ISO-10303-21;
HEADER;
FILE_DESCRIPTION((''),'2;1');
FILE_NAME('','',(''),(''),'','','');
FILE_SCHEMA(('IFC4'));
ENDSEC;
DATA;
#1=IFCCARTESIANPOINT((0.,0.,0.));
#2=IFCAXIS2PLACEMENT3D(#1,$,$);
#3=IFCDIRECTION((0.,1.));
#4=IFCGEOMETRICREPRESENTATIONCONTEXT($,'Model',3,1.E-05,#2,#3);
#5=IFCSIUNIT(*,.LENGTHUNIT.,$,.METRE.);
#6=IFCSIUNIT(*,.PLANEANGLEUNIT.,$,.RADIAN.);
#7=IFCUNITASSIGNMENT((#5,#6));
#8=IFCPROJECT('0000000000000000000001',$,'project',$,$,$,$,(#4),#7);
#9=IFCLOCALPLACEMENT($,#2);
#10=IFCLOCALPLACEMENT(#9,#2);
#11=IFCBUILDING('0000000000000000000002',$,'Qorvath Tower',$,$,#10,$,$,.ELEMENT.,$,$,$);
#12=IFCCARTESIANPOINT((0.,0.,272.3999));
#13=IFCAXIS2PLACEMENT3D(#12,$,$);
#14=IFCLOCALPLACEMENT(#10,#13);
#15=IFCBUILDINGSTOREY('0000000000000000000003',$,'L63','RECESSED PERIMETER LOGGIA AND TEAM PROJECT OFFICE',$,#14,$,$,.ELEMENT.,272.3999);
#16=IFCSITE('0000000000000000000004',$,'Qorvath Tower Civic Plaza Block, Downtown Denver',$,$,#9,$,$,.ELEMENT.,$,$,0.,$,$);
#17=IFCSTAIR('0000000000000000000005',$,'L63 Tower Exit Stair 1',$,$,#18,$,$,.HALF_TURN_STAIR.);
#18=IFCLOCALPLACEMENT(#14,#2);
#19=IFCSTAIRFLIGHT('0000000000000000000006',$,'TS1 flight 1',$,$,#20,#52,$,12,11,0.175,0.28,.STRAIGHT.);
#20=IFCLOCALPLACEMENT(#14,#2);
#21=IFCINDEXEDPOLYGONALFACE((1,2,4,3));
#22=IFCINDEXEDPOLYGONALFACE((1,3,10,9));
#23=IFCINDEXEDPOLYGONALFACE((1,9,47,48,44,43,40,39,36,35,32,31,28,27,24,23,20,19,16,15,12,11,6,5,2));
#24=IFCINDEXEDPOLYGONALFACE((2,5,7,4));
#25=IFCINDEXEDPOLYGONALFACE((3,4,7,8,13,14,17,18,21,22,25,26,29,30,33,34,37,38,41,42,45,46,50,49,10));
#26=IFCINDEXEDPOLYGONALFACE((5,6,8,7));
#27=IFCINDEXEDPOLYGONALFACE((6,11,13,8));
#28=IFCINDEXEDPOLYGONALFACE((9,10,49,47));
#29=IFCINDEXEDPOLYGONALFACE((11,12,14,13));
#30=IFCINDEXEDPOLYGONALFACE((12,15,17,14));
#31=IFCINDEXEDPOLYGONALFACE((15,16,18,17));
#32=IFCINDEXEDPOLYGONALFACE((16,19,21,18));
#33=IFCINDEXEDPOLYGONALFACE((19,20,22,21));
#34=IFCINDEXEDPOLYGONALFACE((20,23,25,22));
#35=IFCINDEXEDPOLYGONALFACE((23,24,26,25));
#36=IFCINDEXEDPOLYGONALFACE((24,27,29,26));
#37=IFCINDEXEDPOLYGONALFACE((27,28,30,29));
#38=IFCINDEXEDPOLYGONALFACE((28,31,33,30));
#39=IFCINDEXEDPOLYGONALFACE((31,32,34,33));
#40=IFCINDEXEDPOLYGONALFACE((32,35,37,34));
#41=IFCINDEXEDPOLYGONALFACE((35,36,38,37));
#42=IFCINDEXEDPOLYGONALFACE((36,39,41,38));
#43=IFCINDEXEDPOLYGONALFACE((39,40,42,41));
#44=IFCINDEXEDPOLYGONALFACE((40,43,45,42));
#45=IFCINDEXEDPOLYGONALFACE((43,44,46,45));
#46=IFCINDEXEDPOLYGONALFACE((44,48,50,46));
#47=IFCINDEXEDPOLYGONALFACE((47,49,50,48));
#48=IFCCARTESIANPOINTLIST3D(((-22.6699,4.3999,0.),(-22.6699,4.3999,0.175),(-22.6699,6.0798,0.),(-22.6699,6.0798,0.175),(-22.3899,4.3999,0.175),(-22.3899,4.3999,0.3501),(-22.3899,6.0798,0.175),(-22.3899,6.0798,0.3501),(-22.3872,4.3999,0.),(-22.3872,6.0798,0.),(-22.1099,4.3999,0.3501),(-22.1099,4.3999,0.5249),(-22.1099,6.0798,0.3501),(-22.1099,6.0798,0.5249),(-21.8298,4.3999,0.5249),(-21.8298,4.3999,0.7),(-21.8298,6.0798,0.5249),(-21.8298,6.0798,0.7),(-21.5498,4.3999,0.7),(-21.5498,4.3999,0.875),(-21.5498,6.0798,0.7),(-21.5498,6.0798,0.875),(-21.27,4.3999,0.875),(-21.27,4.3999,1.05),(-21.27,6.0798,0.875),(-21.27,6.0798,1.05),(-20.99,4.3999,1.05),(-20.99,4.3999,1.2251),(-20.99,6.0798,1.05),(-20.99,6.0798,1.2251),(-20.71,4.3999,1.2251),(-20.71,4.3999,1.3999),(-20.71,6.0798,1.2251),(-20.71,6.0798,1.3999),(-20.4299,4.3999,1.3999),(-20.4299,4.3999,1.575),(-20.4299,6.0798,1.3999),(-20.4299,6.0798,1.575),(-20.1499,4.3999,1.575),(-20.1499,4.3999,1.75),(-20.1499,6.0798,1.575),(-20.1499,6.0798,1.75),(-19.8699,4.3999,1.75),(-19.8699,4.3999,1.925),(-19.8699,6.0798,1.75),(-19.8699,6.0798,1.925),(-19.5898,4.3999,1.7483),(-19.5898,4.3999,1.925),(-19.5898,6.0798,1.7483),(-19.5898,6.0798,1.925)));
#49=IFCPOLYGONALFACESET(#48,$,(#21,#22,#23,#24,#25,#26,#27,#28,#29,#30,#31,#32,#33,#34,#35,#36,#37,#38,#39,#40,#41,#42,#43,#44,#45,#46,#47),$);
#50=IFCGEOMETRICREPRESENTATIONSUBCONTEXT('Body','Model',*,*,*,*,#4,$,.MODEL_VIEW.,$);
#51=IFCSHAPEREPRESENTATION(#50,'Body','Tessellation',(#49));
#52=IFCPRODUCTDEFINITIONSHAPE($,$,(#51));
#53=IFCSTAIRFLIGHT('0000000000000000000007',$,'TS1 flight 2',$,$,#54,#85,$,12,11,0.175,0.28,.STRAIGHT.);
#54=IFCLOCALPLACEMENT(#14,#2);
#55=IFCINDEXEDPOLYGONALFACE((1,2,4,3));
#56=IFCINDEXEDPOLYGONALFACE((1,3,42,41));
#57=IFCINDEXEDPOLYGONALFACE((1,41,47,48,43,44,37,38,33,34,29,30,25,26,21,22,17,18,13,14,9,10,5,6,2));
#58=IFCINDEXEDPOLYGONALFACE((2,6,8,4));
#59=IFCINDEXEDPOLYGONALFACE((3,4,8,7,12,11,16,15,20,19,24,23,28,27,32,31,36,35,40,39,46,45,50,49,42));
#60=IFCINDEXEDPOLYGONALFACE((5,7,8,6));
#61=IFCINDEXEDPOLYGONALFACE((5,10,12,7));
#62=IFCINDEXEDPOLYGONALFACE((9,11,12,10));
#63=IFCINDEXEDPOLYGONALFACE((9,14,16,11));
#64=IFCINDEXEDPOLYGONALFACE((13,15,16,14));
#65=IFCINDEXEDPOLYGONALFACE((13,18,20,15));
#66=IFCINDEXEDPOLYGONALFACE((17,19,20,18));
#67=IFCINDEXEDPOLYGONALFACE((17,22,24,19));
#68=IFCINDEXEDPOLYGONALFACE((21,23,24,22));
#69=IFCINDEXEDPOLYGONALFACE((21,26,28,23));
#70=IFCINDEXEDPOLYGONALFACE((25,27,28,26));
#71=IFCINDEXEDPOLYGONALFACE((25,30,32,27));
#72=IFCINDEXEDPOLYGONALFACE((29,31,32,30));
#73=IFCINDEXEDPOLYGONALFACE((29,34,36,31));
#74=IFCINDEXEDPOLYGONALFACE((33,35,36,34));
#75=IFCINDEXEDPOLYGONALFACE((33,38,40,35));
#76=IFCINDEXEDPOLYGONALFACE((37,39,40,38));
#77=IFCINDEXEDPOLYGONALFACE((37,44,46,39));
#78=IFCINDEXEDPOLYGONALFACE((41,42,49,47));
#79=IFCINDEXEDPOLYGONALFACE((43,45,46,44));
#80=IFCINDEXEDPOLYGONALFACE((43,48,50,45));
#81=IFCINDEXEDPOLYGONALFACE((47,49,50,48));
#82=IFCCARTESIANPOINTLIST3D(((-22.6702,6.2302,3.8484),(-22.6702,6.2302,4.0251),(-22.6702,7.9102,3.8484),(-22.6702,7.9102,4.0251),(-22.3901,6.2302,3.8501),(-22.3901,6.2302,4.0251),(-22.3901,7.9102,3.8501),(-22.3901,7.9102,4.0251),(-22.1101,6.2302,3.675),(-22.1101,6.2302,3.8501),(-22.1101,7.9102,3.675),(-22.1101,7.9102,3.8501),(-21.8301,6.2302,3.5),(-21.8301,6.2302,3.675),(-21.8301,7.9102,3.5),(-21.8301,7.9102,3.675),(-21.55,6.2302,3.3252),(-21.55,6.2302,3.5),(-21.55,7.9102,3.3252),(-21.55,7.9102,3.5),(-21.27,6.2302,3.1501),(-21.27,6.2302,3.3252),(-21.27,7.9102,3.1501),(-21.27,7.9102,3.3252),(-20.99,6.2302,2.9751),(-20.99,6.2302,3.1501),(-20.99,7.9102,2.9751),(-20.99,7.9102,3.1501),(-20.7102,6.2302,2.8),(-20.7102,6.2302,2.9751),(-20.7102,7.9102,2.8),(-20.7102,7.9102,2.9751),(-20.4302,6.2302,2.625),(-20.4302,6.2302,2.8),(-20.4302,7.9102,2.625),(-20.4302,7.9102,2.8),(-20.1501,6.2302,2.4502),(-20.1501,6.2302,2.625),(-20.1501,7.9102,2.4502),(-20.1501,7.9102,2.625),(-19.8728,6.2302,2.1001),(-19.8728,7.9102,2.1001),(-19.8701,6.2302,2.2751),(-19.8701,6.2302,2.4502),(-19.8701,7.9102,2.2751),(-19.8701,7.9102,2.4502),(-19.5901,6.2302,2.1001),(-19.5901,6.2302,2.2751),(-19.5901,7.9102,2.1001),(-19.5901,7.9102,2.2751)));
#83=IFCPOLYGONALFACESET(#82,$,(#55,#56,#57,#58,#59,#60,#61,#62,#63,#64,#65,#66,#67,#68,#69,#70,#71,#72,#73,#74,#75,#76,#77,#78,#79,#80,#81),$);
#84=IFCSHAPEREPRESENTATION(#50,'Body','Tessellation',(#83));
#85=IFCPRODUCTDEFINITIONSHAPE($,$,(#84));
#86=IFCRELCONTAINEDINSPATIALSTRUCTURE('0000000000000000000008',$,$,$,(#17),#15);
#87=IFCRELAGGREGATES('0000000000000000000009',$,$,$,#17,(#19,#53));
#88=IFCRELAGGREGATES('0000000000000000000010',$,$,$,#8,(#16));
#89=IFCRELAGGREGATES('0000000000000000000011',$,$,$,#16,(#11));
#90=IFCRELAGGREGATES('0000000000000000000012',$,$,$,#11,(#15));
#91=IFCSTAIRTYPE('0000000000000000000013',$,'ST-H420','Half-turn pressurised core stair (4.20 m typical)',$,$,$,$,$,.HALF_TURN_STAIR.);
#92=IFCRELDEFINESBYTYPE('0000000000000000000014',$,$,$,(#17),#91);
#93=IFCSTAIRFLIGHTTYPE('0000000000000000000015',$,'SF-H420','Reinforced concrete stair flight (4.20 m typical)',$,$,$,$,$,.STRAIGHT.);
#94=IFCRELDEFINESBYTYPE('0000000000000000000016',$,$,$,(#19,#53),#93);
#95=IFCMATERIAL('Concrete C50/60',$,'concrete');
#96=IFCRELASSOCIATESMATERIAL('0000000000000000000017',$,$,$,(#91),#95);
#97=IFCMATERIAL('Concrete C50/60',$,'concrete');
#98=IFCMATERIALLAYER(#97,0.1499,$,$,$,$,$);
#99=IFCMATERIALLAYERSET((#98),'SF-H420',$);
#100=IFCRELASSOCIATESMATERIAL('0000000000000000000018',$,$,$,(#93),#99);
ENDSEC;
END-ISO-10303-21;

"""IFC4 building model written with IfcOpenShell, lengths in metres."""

from ifc_helpers import new_model, si_unit, direction, frame, origin, place, context, subcontext, project, spatial, polyline, outline, extrude, material, layer, layer_set, type_object, element, aggregate, save


model = new_model("IFC4")

# Units and contexts
model_context = context("Model", 3, precision=1e-05, world=origin(), true_north=direction((0.0, 1.0)))
body_context = subcontext(model_context, "Body", "Model", "MODEL_VIEW")
ifc_project = project(units=[si_unit("LENGTHUNIT", "METRE"), si_unit("PLANEANGLEUNIT", "RADIAN")], contexts=[model_context])

# Site, building, storey
site_placement = place(None, origin())
site = spatial("IfcSite", under=ifc_project, at=site_placement, Name="Qorvath Tower Civic Plaza Block, Downtown Denver", CompositionType="ELEMENT", RefElevation=0.0)
building_placement = place(site_placement, origin())
building = spatial("IfcBuilding", under=site, at=building_placement, Name="Qorvath Tower", CompositionType="ELEMENT")
storey_placement = place(building_placement, frame((0.0, 0.0, 272.3999)))
storey = spatial("IfcBuildingStorey", under=building, at=storey_placement, Name="L63", Description="RECESSED PERIMETER LOGGIA AND TEAM PROJECT OFFICE", CompositionType="ELEMENT", Elevation=272.3999)

# Stair, stair flights
ifc_material_1 = material(Name="Concrete C50/60", Category="concrete")
stair_type = type_object("IfcStairType", Name="ST-H420", Description="Half-turn pressurised core stair (4.20 m typical)", PredefinedType="HALF_TURN_STAIR", material=ifc_material_1)
stair_placement = place(storey_placement, origin())
stair = element("IfcStair", 1, at=stair_placement, inside=storey, type_object=stair_type, Name="L63 Tower Exit Stair 1", PredefinedType="HALF_TURN_STAIR")
ifc_material_2 = material(Name="Concrete C50/60", Category="concrete")
ifc_layer_1 = layer(ifc_material_2, 0.1499)
ifc_layer_set_1 = layer_set([ifc_layer_1], Name="SF-H420")
stair_flight_type = type_object("IfcStairFlightType", Name="SF-H420", Description="Reinforced concrete stair flight (4.20 m typical)", PredefinedType="STRAIGHT", material=ifc_layer_set_1)
stair_flight_1_placement = place(storey_placement, frame((-22.6699, 5.24, 0.0), z_axis=(0.0, 0.0, 1.0), x_axis=(1.0, 0.0, 0.0)))
stair_flight_1 = element("IfcStairFlight", 2, at=stair_flight_1_placement, type_object=stair_flight_type, Name="TS1 flight 1", NumberOfRisers=12, NumberOfTreads=11, PredefinedType="STRAIGHT", RiserHeight=0.175, TreadLength=0.28, context=body_context, shape_type="SweptSolid", body=[
    extrude(outline(polyline([(0.0, 0.0), (0.0, 0.175), (0.28, 0.175), (0.28, 0.3501), (0.5601, 0.3501), (0.5601, 0.5249), (0.8401, 0.5249), (0.8401, 0.7), (1.1201, 0.7), (1.1201, 0.875), (1.3999, 0.875), (1.3999, 1.05), (1.6799, 1.05), (1.6799, 1.2251), (1.96, 1.2251), (1.96, 1.3999), (2.24, 1.3999), (2.24, 1.575), (2.52, 1.575), (2.52, 1.75), (2.8, 1.75), (2.8, 1.925), (3.0801, 1.925), (3.0801, 2.1001), (3.0801, 1.7483), (0.2827, 0.0), (0.0, 0.0)])), frame((0.0, 0.8398, 0.0), z_axis=(0.0, -1.0, 0.0), x_axis=(1.0, 0.0, 0.0)), (0.0, 0.0, 1.0), 1.6799),
])
stair_flight_2_placement = place(storey_placement, frame((-19.5901, 7.0701, 2.1001), z_axis=(0.0, 0.0, 1.0), x_axis=(-1.0, 0.0, 0.0)))
stair_flight_2 = element("IfcStairFlight", 3, at=stair_flight_2_placement, type_object=stair_flight_type, Name="TS1 flight 2", NumberOfRisers=12, NumberOfTreads=11, PredefinedType="STRAIGHT", RiserHeight=0.175, TreadLength=0.28, context=body_context, shape_type="SweptSolid", body=[
    extrude(outline(polyline([(0.0, 0.0), (0.0, 0.175), (0.28, 0.175), (0.28, 0.3501), (0.5601, 0.3501), (0.5601, 0.5249), (0.8401, 0.5249), (0.8401, 0.7), (1.1201, 0.7), (1.1201, 0.875), (1.3999, 0.875), (1.3999, 1.05), (1.6799, 1.05), (1.6799, 1.2251), (1.96, 1.2251), (1.96, 1.3999), (2.24, 1.3999), (2.24, 1.575), (2.52, 1.575), (2.52, 1.75), (2.8, 1.75), (2.8, 1.925), (3.0801, 1.925), (3.0801, 2.1001), (3.0801, 1.7483), (0.2827, 0.0), (0.0, 0.0)])), frame((0.0, 0.8398, 0.0), z_axis=(0.0, -1.0, 0.0), x_axis=(1.0, 0.0, 0.0)), (0.0, 0.0, 1.0), 1.6799),
])
aggregate(stair, [stair_flight_1, stair_flight_2])

save(model, "model.ifc")
